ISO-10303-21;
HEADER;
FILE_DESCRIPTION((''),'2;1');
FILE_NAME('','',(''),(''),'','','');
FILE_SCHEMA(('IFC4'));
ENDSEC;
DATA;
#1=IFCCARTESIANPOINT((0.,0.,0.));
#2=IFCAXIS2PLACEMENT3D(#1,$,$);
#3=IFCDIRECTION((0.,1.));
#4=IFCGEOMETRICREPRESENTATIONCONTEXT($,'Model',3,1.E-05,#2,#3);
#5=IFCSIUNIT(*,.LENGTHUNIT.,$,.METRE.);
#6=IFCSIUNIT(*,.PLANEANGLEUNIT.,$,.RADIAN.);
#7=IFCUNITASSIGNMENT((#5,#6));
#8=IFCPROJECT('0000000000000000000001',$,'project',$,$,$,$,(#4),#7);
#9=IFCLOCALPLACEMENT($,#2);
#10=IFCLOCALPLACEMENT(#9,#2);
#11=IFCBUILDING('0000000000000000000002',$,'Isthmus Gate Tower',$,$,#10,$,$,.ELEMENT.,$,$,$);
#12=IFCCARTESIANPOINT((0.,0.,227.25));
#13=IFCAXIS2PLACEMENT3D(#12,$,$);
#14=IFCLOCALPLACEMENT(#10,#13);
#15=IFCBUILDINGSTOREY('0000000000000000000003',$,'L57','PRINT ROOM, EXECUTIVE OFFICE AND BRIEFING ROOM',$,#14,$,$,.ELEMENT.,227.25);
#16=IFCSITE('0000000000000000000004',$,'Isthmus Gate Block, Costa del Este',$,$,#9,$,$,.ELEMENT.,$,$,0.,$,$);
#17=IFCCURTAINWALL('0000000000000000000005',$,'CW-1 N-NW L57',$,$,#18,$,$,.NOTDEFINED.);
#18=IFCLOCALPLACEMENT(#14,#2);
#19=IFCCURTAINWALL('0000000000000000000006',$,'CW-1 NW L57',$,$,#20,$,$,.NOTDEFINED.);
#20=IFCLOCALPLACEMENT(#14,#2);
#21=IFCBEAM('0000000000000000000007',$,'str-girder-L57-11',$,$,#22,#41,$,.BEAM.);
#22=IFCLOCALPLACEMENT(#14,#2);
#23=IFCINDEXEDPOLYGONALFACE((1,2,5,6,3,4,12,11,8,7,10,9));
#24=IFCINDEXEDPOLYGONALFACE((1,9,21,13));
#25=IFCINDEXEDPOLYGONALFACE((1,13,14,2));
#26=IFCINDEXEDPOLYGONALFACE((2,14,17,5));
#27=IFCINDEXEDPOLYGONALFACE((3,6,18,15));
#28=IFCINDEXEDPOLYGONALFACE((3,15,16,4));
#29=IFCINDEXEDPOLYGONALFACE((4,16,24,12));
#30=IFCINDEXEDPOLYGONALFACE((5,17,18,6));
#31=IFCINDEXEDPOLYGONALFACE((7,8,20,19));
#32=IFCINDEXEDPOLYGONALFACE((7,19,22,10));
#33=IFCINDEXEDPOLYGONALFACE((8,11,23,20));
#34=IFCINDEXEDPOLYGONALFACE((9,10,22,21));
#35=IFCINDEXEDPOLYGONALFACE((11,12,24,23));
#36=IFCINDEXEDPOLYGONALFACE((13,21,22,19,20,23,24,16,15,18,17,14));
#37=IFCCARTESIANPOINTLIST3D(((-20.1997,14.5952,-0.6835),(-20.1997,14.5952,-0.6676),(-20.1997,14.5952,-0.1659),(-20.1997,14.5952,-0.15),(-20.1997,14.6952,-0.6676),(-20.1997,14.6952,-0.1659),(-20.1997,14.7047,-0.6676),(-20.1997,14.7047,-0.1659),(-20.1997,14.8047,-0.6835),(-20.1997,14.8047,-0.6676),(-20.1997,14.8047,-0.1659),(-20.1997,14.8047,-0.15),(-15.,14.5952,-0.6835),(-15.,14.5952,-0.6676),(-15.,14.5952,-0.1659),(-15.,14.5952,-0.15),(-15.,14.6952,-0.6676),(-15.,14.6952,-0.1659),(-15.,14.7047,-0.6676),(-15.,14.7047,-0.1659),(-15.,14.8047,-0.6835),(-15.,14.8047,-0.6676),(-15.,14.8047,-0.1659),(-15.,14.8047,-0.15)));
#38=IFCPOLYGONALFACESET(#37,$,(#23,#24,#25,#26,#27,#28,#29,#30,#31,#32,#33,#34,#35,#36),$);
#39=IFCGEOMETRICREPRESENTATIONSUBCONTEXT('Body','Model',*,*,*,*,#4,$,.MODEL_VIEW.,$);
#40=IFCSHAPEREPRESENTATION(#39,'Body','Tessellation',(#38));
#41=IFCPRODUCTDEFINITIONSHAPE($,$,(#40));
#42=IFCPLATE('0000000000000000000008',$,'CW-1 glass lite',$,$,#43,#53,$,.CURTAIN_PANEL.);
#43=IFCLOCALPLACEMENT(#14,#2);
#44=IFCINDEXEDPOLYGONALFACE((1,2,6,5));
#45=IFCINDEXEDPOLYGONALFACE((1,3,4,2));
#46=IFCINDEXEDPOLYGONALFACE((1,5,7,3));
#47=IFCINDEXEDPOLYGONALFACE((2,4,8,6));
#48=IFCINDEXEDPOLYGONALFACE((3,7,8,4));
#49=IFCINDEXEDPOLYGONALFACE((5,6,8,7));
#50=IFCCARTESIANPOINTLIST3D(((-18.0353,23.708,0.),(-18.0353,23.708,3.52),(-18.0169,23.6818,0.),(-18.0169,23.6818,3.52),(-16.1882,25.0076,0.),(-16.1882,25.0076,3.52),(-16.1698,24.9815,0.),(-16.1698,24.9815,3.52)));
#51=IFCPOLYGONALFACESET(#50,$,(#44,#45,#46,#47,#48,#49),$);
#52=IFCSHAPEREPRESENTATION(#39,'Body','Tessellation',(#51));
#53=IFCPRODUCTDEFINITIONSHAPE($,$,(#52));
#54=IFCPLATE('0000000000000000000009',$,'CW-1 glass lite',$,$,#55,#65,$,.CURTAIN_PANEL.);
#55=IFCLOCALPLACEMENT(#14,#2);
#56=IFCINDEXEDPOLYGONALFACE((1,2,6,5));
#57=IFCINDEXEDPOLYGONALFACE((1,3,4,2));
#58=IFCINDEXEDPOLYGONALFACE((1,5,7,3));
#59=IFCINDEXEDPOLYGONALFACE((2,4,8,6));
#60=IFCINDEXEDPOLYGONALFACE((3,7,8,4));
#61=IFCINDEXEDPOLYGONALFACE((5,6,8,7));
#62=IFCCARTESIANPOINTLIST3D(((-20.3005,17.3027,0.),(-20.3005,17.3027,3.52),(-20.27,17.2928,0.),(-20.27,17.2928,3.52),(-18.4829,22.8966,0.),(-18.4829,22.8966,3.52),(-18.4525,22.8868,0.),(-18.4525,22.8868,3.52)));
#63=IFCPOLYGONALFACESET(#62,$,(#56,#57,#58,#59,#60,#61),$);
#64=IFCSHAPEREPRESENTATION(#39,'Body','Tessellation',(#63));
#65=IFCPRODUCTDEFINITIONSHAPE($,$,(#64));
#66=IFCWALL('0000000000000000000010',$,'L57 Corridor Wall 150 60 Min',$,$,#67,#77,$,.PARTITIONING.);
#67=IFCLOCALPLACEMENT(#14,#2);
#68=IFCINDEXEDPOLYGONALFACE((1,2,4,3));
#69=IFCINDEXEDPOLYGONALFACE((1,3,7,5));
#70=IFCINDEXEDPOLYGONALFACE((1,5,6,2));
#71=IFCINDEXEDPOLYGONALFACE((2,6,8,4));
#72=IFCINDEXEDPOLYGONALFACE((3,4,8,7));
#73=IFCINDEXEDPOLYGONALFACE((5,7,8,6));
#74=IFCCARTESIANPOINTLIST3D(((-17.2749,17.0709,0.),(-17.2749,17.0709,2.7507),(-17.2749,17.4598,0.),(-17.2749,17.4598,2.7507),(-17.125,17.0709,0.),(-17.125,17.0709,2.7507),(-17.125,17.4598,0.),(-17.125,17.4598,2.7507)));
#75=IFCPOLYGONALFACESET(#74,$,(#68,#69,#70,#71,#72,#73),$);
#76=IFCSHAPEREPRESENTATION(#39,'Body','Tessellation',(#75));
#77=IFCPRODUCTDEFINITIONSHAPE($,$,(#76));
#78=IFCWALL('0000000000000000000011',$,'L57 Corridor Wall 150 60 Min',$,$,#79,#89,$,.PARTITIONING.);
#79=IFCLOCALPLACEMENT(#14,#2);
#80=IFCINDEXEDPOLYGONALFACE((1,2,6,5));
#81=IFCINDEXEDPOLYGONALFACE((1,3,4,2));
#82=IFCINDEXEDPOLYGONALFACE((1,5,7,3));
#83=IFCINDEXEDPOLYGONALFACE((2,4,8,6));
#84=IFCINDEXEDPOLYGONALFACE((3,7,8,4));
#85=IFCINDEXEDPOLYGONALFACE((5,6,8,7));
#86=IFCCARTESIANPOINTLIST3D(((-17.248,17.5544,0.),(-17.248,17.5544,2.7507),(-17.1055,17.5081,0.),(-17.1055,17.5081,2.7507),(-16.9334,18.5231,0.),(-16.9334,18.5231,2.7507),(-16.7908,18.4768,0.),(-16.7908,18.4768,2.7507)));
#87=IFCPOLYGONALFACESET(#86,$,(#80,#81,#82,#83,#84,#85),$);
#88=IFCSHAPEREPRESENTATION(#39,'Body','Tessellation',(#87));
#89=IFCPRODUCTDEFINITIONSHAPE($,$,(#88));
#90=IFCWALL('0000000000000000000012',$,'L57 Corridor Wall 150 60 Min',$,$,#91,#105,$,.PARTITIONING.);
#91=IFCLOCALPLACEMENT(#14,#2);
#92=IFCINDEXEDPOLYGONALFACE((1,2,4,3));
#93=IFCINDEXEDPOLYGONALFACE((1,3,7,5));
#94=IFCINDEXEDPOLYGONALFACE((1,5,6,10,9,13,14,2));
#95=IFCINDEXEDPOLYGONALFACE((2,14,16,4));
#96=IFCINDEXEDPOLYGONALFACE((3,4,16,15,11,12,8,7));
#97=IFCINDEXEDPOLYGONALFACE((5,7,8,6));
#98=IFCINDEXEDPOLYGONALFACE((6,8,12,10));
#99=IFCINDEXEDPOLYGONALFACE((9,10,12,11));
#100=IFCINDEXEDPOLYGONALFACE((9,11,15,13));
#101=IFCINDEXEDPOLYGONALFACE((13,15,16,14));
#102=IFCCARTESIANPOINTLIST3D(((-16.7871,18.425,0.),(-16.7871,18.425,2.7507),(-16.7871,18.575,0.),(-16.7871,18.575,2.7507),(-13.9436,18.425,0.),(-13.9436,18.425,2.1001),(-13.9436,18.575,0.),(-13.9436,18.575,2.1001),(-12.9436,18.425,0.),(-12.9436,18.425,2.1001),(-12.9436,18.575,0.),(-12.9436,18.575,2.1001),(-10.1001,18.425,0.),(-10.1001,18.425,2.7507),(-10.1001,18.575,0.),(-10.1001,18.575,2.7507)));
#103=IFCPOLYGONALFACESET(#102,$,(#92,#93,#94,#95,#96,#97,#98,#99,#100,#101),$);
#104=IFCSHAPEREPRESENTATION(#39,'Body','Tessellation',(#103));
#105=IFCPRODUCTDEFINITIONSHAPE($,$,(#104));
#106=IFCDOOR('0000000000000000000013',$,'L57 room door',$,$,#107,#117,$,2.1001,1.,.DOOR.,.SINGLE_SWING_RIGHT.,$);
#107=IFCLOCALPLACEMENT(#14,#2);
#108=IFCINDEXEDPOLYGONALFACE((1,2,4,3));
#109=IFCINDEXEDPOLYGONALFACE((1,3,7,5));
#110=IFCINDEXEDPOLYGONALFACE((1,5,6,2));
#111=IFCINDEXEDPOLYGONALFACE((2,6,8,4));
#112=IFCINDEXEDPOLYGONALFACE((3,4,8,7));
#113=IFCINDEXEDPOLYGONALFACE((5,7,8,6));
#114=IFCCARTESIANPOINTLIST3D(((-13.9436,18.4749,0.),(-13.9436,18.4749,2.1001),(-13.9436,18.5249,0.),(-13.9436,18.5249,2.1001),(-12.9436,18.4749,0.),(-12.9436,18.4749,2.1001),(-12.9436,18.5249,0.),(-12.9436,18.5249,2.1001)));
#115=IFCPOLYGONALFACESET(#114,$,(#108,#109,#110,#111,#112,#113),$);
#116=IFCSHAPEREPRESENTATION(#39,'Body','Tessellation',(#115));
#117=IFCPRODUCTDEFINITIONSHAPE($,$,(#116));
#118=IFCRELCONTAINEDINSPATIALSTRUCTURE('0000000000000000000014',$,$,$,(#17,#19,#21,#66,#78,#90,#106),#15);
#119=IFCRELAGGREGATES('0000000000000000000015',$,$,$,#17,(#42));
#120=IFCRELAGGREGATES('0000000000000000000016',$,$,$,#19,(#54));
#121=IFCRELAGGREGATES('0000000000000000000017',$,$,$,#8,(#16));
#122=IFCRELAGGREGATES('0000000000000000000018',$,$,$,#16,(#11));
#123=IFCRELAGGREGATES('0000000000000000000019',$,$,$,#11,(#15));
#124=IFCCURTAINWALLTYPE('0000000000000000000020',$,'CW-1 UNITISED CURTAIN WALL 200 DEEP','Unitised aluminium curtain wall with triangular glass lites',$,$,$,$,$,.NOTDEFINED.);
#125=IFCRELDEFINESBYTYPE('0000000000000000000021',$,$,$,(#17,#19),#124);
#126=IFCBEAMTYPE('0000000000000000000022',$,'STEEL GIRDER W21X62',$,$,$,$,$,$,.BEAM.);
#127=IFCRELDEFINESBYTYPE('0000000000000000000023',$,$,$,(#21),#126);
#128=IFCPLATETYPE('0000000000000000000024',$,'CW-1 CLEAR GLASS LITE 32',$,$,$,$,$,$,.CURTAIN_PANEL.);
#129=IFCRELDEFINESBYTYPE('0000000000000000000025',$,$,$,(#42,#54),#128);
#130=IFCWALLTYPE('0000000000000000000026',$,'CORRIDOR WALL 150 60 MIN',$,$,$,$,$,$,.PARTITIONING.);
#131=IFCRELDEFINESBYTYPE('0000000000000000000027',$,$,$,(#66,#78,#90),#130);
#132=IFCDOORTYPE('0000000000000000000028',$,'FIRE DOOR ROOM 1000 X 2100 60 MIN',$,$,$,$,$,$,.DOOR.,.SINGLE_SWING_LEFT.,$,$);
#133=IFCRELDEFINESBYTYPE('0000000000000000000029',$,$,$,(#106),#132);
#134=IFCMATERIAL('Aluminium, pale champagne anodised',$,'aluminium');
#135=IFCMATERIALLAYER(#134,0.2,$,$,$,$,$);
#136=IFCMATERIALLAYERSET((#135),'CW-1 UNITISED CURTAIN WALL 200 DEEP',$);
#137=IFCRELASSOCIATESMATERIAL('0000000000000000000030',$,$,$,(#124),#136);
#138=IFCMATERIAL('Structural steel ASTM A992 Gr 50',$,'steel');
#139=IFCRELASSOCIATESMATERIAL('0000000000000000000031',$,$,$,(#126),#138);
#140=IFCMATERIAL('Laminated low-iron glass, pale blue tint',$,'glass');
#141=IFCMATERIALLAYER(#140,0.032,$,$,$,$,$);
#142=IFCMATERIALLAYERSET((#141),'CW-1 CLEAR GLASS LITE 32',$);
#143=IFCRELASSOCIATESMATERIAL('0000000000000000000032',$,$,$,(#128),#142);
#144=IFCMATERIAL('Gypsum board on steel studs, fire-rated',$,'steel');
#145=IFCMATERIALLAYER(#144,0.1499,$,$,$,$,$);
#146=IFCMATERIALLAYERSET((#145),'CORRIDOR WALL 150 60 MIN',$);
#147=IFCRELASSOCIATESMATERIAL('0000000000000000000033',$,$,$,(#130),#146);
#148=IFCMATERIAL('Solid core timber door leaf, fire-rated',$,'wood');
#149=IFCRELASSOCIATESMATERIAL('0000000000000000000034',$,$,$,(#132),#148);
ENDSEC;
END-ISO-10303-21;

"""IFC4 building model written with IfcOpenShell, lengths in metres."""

from ifc_helpers import new_model, si_unit, direction, frame, frame_2d, origin, origin_2d, place, context, subcontext, project, spatial, rectangle, i_section, extrude, material, layer, layer_set, material_profile, profile_set, type_object, element, fill, aggregate, save


model = new_model("IFC4")

# Units and contexts
model_context = context("Model", 3, precision=1e-05, world=origin(), true_north=direction((0.0, 1.0)))
body_context = subcontext(model_context, "Body", "Model", "MODEL_VIEW")
ifc_project = project(units=[si_unit("LENGTHUNIT", "METRE"), si_unit("PLANEANGLEUNIT", "RADIAN")], contexts=[model_context])

# Site, building, storey
site_placement = place(None, origin())
site = spatial("IfcSite", under=ifc_project, at=site_placement, Name="Isthmus Gate Block, Costa del Este", CompositionType="ELEMENT", RefElevation=0.0)
building_placement = place(site_placement, origin())
building = spatial("IfcBuilding", under=site, at=building_placement, Name="Isthmus Gate Tower", CompositionType="ELEMENT")
storey_placement = place(building_placement, frame((0.0, 0.0, 227.25)))
storey = spatial("IfcBuildingStorey", under=building, at=storey_placement, Name="L57", Description="PRINT ROOM, EXECUTIVE OFFICE AND BRIEFING ROOM", CompositionType="ELEMENT", Elevation=227.25)

# Curtain walls
ifc_material_1 = material(Name="Aluminium, pale champagne anodised", Category="aluminium")
ifc_layer_1 = layer(ifc_material_1, 0.2)
ifc_layer_set_1 = layer_set([ifc_layer_1], Name="CW-1 UNITISED CURTAIN WALL 200 DEEP")
curtain_wall_type = type_object("IfcCurtainWallType", Name="CW-1 UNITISED CURTAIN WALL 200 DEEP", Description="Unitised aluminium curtain wall with triangular glass lites", PredefinedType="NOTDEFINED", material=ifc_layer_set_1)
curtain_wall_1_placement = place(storey_placement, origin())
curtain_wall_1 = element("IfcCurtainWall", 1, at=curtain_wall_1_placement, inside=storey, type_object=curtain_wall_type, Name="CW-1 N-NW L57", PredefinedType="NOTDEFINED")
curtain_wall_2_placement = place(storey_placement, origin())
curtain_wall_2 = element("IfcCurtainWall", 2, at=curtain_wall_2_placement, inside=storey, type_object=curtain_wall_type, Name="CW-1 NW L57", PredefinedType="NOTDEFINED")

# Beam
ifc_material_2 = material(Name="Structural steel ASTM A992 Gr 50", Category="steel")
ifc_material_profile_1 = material_profile(ifc_material_2, i_section(OverallWidth=0.2095, OverallDepth=0.5334, WebThickness=0.0095, FlangeThickness=0.0159, at=origin_2d()), Name="W21X62")
ifc_profile_set_1 = profile_set([ifc_material_profile_1], Name="Structural steel ASTM A992 Gr 50")
beam_type_1 = type_object("IfcBeamType", Name="STEEL GIRDER W21X62", PredefinedType="BEAM", material=ifc_profile_set_1)
beam_1_placement = place(storey_placement, frame((-15.0, 14.7, -0.4167), z_axis=(-1.0, 0.0, 0.0), x_axis=(0.0, -1.0, 0.0)))
element("IfcBeam", 3, at=beam_1_placement, inside=storey, type_object=beam_type_1, Name="str-girder-L57-11", PredefinedType="BEAM", context=body_context, shape_type="SweptSolid", body=[
    extrude(i_section(OverallWidth=0.2095, OverallDepth=0.5334, WebThickness=0.0095, FlangeThickness=0.0159, at=origin_2d()), origin(), (0.0, 0.0, 1.0), 5.1997),
])

# Plates
ifc_material_3 = material(Name="Laminated low-iron glass, pale blue tint", Category="glass")
ifc_layer_2 = layer(ifc_material_3, 0.032)
ifc_layer_set_2 = layer_set([ifc_layer_2], Name="CW-1 CLEAR GLASS LITE 32")
plate_type = type_object("IfcPlateType", Name="CW-1 CLEAR GLASS LITE 32", PredefinedType="CURTAIN_PANEL", material=ifc_layer_set_2)
plate_1_placement = place(storey_placement, frame((-17.1025, 24.3447, 0.0), z_axis=(0.0, 0.0, 1.0), x_axis=(-0.81786, -0.575418, 0.0)))
plate_1 = element("IfcPlate", 4, at=plate_1_placement, type_object=plate_type, Name="CW-1 glass lite", PredefinedType="CURTAIN_PANEL", context=body_context, shape_type="SweptSolid", body=[
    extrude(rectangle(XDim=2.2585, YDim=0.032, at=origin_2d()), origin(), (0.0, 0.0, 1.0), 3.52),
])
aggregate(curtain_wall_1, [plate_1])
plate_2_placement = place(storey_placement, frame((-19.3765, 20.0947, 0.0), z_axis=(0.0, 0.0, 1.0), x_axis=(-0.309017, -0.951057, 0.0)))
plate_2 = element("IfcPlate", 5, at=plate_2_placement, type_object=plate_type, Name="CW-1 glass lite", PredefinedType="CURTAIN_PANEL", context=body_context, shape_type="SweptSolid", body=[
    extrude(rectangle(XDim=5.8818, YDim=0.032, at=origin_2d()), origin(), (0.0, 0.0, 1.0), 3.52),
])

# Walls
ifc_material_4 = material(Name="Gypsum board on steel studs, fire-rated", Category="steel")
ifc_layer_3 = layer(ifc_material_4, 0.1499)
ifc_layer_set_3 = layer_set([ifc_layer_3], Name="CORRIDOR WALL 150 60 MIN")
wall_type_1 = type_object("IfcWallType", Name="CORRIDOR WALL 150 60 MIN", PredefinedType="PARTITIONING", material=ifc_layer_set_3)
wall_1_placement = place(storey_placement, frame((-17.2, 17.071, 0.0), z_axis=(0.0, 0.0, 1.0), x_axis=(0.0, 1.0, 0.0)))
element("IfcWall", 6, at=wall_1_placement, inside=storey, type_object=wall_type_1, Name="L57 Corridor Wall 150 60 Min", PredefinedType="PARTITIONING", context=body_context, shape_type="SweptSolid", body=[
    extrude(rectangle(XDim=0.3889, YDim=0.1499, at=frame_2d((0.1943, 0.0))), origin(), (0.0, 0.0, 1.0), 2.7507),
])
wall_2_placement = place(storey_placement, frame((-17.1768, 17.5312, 0.0), z_axis=(0.0, 0.0, 1.0), x_axis=(0.308956, 0.951076, 0.0)))
element("IfcWall", 7, at=wall_2_placement, inside=storey, type_object=wall_type_1, Name="L57 Corridor Wall 150 60 Min", PredefinedType="PARTITIONING", context=body_context, shape_type="SweptSolid", body=[
    extrude(rectangle(XDim=1.0186, YDim=0.1499, at=frame_2d((0.5093, 0.0))), origin(), (0.0, 0.0, 1.0), 2.7507),
])

# Wall, opening, door
wall_3_placement = place(storey_placement, frame((-16.7871, 18.5, 0.0), z_axis=(0.0, 0.0, 1.0), x_axis=(1.0, 0.0, 0.0)))
wall_3 = element("IfcWall", 8, at=wall_3_placement, inside=storey, type_object=wall_type_1, Name="L57 Corridor Wall 150 60 Min", PredefinedType="PARTITIONING", context=body_context, shape_type="SweptSolid", body=[
    extrude(rectangle(XDim=6.687, YDim=0.1499, at=frame_2d((3.3435, 0.0))), origin(), (0.0, 0.0, 1.0), 2.7507),
])
opening_1_placement = place(wall_3_placement, frame((2.8435, 0.0, 0.0)))
opening_1 = element("IfcOpeningElement", 9, at=opening_1_placement, cuts=wall_3, PredefinedType="OPENING", context=body_context, shape_type="SweptSolid", body=[
    extrude(rectangle(XDim=1.0, YDim=2.1001, at=frame_2d((0.5, 1.05))), frame((0.0, 0.085, 0.0), z_axis=(0.0, -1.0, 0.0), x_axis=(1.0, 0.0, 0.0)), (0.0, 0.0, 1.0), 0.1699),
])
ifc_material_5 = material(Name="Solid core timber door leaf, fire-rated", Category="wood")
door_type_1 = type_object("IfcDoorType", Name="FIRE DOOR ROOM 1000 X 2100 60 MIN", OperationType="SINGLE_SWING_LEFT", PredefinedType="DOOR", material=ifc_material_5)
door_1_placement = place(opening_1_placement, origin())
door_1 = element("IfcDoor", 10, at=door_1_placement, inside=storey, type_object=door_type_1, Name="L57 room door", OperationType="SINGLE_SWING_RIGHT", OverallHeight=2.1001, OverallWidth=1.0, PredefinedType="DOOR", context=body_context, shape_type="SweptSolid", body=[
    extrude(rectangle(XDim=1.0, YDim=2.1001, at=frame_2d((0.5, 1.05))), frame((0.0, 0.0249, 0.0), z_axis=(0.0, -1.0, 0.0), x_axis=(1.0, 0.0, 0.0)), (0.0, 0.0, 1.0), 0.05),
])
fill(opening_1, door_1)

aggregate(curtain_wall_2, [plate_2])

save(model, "model.ifc")
